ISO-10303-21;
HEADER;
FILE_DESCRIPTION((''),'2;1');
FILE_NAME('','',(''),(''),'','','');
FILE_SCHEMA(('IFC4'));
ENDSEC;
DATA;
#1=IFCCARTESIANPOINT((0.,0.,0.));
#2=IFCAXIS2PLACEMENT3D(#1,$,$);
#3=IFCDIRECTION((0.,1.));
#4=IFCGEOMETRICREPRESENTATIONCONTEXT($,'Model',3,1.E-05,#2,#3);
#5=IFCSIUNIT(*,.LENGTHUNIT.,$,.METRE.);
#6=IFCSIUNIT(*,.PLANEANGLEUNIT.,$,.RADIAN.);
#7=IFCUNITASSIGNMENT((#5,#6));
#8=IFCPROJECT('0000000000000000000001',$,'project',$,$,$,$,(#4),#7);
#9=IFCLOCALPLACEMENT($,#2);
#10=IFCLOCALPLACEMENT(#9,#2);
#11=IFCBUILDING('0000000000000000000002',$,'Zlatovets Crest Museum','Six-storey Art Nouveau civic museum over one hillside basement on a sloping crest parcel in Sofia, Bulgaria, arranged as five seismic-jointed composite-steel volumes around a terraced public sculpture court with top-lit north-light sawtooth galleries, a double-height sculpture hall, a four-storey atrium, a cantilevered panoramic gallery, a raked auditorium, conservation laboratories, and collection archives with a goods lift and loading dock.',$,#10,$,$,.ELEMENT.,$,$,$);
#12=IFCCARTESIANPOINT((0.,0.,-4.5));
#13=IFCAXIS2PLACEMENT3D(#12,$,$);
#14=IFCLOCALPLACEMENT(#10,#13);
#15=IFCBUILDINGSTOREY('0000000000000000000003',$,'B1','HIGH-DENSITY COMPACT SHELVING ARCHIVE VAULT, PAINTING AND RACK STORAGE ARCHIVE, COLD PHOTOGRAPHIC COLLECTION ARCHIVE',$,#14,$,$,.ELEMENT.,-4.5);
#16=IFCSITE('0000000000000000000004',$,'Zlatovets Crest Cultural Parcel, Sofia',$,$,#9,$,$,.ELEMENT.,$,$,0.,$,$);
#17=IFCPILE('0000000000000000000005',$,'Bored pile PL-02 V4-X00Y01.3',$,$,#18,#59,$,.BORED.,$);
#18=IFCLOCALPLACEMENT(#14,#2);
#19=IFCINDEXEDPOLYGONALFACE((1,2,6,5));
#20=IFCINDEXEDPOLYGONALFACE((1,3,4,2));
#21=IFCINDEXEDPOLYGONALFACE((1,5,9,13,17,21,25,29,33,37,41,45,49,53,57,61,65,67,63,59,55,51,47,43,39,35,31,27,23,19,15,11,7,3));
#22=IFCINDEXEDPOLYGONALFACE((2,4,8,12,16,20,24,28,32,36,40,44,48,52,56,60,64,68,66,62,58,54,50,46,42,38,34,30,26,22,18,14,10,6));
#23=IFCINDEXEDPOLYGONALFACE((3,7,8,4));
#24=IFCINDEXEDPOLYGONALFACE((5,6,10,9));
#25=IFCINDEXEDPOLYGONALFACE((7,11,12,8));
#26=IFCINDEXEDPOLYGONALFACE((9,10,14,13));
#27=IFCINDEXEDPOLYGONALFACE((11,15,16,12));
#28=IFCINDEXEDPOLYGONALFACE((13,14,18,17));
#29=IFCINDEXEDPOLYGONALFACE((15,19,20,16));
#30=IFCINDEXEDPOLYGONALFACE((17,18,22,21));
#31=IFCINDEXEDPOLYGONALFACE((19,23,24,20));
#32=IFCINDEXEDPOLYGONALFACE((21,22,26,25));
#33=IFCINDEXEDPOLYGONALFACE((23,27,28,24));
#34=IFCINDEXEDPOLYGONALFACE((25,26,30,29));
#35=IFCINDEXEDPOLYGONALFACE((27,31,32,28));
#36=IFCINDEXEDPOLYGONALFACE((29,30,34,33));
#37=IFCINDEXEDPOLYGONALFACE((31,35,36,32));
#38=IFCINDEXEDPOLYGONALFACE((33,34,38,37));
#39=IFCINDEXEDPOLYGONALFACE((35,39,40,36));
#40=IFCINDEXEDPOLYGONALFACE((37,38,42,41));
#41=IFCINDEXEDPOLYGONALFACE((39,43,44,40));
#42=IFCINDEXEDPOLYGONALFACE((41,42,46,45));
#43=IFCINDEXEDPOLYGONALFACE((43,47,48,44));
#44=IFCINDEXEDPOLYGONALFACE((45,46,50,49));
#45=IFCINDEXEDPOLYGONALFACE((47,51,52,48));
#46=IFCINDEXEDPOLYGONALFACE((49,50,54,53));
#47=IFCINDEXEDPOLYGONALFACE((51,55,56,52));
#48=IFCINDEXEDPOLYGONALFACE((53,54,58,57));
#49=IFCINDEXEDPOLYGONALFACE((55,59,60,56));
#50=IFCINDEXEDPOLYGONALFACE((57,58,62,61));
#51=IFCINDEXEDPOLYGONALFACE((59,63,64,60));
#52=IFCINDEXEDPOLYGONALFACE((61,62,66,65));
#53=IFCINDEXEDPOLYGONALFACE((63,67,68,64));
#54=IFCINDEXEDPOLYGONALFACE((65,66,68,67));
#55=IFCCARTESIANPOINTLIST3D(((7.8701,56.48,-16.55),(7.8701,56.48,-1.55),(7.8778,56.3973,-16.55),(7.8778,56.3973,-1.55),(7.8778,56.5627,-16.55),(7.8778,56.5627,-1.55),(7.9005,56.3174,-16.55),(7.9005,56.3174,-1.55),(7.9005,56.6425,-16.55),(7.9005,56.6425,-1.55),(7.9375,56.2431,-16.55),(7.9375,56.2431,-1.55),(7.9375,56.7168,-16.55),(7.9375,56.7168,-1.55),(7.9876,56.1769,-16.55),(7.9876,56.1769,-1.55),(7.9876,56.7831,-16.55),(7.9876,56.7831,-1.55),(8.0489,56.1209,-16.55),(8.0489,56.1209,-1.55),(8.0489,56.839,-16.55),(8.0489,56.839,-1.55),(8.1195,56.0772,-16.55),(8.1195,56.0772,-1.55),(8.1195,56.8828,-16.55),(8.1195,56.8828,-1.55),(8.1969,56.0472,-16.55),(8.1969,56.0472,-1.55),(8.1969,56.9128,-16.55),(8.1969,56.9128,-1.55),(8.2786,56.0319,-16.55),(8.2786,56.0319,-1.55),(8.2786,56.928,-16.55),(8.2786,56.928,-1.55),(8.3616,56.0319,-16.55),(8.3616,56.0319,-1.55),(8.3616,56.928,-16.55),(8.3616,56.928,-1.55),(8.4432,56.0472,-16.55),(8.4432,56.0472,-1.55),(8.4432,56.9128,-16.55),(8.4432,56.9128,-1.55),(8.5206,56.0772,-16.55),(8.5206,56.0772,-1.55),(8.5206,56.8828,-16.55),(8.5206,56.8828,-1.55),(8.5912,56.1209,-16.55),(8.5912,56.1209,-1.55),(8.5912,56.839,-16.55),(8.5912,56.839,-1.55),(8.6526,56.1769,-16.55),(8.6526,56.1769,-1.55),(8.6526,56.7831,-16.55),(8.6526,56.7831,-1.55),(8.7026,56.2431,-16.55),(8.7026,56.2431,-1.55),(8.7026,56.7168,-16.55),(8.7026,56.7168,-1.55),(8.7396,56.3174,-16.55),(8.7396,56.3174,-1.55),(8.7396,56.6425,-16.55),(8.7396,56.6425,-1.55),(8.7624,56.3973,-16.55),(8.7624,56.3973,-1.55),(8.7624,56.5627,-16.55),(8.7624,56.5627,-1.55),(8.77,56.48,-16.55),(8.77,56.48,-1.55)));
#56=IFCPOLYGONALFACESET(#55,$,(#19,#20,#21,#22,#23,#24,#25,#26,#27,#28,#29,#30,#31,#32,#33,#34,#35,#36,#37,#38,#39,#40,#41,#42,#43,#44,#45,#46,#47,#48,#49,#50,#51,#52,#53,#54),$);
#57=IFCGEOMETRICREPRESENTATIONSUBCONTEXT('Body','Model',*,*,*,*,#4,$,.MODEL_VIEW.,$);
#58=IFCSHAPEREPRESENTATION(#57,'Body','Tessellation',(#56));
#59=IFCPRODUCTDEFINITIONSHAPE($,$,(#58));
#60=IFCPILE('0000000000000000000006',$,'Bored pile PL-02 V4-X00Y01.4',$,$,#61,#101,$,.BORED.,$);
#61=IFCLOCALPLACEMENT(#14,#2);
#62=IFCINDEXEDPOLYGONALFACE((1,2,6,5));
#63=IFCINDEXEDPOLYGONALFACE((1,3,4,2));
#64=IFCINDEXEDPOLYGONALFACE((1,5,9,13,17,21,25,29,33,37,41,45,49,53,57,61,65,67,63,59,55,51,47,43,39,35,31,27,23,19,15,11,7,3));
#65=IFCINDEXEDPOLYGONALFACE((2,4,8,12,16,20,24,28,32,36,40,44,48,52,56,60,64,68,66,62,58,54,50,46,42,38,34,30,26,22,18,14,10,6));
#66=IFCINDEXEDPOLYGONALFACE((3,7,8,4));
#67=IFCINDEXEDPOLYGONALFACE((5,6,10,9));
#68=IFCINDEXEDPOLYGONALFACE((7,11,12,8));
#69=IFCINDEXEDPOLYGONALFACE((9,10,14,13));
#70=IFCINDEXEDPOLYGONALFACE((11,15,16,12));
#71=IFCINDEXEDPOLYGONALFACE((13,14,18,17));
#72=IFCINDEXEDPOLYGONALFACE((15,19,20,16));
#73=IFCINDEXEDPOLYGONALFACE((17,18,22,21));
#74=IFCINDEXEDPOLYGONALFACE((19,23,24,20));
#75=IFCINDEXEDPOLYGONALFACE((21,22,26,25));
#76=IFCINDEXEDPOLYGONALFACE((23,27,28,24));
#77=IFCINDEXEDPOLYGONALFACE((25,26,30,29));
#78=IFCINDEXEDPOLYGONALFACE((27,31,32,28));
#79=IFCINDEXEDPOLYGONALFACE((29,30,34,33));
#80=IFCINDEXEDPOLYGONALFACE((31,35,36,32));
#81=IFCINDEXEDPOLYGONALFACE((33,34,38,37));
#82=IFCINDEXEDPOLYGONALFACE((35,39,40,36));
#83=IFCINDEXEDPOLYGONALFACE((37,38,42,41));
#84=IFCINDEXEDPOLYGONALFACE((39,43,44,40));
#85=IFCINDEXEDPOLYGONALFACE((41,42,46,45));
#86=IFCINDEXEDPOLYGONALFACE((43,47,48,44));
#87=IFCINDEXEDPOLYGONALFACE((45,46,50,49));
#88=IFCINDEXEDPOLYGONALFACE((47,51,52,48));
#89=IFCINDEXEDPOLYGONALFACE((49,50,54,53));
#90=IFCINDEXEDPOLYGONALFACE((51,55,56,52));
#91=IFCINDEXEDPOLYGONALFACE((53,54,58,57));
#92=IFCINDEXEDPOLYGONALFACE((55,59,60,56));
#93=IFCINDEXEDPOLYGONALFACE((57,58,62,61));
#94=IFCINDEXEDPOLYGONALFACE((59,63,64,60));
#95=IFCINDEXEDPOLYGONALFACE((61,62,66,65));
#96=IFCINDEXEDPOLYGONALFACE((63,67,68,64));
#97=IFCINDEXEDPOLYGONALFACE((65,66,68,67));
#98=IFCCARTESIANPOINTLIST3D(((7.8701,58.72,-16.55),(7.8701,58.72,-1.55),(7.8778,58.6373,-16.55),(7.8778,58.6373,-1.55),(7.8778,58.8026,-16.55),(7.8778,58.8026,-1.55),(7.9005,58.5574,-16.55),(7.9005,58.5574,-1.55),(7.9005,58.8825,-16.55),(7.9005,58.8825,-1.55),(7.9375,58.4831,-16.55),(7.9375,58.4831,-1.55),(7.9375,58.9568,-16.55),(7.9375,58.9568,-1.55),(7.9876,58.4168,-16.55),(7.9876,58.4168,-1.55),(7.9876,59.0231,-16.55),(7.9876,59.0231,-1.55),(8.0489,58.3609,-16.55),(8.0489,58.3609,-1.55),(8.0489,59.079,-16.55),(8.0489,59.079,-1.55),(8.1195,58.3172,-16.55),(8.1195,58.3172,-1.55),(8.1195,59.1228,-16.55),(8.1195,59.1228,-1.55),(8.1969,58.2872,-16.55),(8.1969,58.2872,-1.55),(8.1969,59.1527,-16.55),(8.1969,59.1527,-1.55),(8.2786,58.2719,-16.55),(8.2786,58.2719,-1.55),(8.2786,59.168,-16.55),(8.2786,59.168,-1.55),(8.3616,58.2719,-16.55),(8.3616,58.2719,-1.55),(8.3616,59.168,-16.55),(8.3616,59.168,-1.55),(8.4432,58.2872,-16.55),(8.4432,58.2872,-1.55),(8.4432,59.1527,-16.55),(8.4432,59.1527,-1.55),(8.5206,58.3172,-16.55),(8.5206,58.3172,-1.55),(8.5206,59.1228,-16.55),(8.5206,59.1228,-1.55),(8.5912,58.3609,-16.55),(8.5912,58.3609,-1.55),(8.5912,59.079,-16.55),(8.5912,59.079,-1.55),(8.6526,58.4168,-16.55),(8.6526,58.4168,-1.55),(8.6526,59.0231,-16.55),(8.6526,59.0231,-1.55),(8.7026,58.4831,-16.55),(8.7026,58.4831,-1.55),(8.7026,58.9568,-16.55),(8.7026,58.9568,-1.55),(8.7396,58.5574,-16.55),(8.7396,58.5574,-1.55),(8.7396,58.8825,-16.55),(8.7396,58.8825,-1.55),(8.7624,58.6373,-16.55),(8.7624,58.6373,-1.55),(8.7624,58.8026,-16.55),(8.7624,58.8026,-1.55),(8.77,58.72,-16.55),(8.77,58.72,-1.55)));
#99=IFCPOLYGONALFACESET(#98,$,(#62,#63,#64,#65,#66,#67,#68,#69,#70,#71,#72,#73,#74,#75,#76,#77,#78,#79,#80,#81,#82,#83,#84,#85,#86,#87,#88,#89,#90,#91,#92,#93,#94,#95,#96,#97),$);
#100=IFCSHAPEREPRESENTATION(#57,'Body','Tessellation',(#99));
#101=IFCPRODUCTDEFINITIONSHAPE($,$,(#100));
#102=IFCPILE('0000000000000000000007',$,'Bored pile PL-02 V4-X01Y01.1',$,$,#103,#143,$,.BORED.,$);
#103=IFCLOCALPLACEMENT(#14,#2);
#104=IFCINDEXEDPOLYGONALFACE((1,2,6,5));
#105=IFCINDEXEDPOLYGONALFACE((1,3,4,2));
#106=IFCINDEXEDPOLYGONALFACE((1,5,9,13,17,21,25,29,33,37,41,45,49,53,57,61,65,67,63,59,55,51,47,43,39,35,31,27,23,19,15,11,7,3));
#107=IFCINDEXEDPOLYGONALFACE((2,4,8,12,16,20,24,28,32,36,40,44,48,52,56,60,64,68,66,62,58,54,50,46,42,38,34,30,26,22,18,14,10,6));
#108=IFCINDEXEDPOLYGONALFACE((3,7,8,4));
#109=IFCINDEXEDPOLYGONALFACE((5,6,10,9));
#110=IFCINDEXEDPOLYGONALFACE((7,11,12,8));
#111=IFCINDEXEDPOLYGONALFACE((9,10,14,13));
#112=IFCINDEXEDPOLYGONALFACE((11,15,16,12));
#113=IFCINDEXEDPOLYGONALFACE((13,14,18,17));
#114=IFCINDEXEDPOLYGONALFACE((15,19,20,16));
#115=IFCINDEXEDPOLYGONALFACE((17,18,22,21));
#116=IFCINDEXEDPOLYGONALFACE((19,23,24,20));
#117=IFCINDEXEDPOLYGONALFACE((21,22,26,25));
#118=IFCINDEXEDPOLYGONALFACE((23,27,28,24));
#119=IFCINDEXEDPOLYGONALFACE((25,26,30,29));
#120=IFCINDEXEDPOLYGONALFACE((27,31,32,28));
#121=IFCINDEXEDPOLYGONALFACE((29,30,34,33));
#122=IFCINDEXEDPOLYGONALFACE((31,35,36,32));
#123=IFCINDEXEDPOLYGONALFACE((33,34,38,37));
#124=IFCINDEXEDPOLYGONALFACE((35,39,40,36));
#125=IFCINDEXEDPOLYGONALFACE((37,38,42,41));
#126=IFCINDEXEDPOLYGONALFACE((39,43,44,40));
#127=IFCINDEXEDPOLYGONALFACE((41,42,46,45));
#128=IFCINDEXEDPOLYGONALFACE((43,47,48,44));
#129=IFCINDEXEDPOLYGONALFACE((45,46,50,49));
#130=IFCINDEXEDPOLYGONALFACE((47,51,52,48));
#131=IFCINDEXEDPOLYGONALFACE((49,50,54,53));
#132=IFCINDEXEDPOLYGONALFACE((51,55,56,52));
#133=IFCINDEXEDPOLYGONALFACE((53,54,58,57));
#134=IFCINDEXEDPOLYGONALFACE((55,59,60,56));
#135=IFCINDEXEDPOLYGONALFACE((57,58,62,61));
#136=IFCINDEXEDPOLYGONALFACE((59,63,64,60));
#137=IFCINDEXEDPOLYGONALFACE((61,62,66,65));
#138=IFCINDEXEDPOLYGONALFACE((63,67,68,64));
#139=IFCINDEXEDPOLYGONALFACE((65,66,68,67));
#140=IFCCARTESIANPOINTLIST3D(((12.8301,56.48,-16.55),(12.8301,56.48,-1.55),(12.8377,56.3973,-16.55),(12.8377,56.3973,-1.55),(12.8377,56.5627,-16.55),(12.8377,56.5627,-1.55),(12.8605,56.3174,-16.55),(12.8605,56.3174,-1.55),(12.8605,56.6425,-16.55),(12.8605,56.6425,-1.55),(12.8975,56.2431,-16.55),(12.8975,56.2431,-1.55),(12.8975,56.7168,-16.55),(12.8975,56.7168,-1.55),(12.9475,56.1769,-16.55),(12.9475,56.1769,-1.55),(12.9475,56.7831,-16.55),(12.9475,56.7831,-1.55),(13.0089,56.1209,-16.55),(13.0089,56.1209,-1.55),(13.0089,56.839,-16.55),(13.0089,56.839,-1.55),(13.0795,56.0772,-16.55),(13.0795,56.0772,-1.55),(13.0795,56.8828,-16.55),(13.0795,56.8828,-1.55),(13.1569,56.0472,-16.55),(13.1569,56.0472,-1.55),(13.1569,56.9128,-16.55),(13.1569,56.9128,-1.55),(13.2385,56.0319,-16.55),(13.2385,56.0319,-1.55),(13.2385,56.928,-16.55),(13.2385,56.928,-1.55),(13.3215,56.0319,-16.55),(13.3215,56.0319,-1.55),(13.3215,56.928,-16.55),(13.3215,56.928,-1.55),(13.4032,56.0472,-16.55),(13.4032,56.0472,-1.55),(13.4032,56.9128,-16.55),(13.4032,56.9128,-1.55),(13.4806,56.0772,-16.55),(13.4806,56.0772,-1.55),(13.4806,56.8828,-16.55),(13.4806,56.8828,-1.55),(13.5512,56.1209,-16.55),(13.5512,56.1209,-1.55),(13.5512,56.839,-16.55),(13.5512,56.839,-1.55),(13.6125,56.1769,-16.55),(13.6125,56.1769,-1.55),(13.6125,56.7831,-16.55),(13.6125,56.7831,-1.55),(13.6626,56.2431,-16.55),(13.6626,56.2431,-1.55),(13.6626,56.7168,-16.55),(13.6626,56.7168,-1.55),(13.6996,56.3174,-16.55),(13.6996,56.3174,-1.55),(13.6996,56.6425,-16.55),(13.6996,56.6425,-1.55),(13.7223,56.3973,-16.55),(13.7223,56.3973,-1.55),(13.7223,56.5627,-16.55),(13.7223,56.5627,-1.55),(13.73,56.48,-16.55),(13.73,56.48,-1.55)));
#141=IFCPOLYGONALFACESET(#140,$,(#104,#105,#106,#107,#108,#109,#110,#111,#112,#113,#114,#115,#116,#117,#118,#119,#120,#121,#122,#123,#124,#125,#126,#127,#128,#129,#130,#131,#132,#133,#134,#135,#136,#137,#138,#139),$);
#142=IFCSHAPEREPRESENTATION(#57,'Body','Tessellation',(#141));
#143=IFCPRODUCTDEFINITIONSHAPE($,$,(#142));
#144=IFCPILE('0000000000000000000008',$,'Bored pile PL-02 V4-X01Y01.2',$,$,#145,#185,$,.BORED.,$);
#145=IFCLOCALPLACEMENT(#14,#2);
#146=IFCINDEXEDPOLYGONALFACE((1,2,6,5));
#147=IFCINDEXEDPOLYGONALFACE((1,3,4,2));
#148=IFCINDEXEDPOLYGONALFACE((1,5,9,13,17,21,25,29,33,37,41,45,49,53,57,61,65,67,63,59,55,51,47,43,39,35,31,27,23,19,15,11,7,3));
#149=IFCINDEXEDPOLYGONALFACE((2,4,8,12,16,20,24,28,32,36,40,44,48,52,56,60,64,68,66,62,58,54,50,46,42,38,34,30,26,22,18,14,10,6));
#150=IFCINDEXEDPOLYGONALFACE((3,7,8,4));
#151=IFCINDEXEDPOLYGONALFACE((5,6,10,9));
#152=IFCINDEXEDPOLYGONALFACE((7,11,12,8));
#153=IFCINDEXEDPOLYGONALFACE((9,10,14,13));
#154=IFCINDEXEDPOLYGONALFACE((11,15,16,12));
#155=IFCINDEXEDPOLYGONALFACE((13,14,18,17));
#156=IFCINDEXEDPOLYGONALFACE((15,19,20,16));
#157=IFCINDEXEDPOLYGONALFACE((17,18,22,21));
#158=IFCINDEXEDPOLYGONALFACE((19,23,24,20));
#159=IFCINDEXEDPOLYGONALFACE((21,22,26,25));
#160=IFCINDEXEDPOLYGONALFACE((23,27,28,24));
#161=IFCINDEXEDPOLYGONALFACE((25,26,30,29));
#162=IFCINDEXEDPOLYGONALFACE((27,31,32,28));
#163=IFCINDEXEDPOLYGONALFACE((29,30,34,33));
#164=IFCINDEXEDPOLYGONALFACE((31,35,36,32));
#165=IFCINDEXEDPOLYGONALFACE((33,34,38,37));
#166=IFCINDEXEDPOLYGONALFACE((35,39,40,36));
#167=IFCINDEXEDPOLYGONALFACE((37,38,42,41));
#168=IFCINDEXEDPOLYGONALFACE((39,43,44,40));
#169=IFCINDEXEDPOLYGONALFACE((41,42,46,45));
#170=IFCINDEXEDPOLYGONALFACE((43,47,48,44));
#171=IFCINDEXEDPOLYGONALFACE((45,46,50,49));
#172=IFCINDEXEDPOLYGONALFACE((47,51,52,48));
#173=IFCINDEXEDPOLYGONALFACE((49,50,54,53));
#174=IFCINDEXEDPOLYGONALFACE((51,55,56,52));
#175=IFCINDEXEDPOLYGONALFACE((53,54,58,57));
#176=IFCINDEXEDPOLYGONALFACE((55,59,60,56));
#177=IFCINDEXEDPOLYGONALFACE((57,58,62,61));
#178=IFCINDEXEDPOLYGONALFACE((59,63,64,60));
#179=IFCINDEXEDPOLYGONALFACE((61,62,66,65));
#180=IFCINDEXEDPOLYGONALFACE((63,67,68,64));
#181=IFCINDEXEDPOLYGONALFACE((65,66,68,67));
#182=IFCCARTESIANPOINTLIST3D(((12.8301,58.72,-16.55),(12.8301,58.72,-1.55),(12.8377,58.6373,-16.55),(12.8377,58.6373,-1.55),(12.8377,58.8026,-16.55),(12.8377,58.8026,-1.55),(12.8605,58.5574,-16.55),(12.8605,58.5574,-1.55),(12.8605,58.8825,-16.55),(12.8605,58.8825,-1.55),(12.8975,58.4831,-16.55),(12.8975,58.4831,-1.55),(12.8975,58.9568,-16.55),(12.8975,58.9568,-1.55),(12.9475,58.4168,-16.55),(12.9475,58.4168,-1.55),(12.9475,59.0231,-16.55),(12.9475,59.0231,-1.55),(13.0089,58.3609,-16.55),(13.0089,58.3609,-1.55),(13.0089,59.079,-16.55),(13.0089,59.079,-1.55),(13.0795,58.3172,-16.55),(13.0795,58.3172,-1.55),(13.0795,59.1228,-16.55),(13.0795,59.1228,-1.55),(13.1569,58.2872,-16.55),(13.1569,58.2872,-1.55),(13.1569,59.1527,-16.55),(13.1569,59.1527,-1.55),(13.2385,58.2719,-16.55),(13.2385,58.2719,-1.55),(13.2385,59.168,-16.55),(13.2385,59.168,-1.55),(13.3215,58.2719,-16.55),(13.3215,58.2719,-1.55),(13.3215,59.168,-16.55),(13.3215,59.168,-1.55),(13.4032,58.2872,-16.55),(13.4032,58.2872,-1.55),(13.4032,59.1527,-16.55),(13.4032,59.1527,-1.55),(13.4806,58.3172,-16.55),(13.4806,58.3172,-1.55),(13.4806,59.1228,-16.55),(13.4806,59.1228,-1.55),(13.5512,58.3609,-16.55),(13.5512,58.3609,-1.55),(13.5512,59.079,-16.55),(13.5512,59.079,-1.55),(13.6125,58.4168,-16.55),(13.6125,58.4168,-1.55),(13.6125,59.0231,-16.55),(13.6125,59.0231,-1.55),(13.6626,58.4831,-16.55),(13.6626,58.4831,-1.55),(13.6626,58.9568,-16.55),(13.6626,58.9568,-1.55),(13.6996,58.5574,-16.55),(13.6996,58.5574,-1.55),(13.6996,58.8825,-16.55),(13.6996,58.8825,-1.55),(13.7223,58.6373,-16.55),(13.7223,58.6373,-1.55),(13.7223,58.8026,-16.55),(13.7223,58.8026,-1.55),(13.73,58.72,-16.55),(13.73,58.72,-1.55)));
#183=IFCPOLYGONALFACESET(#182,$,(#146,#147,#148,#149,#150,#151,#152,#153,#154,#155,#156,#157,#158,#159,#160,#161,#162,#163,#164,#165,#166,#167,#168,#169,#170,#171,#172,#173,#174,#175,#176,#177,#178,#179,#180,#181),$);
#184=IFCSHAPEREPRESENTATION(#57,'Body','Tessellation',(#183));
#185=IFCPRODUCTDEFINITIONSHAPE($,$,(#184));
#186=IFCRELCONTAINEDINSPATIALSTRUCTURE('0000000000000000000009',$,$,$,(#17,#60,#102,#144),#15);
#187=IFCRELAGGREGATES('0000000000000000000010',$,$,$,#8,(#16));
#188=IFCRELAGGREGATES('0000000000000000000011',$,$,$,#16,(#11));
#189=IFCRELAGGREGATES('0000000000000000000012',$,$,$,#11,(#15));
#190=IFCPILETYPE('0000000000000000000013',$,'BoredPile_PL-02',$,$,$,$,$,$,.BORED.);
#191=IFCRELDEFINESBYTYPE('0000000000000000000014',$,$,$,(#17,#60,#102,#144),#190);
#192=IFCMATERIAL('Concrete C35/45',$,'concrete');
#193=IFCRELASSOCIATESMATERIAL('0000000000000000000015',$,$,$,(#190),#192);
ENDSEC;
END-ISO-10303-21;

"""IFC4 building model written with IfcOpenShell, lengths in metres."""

from ifc_helpers import new_model, si_unit, direction, frame, origin, origin_2d, place, context, subcontext, project, spatial, circle, extrude, material, material_profile, profile_set, type_object, element, save


model = new_model("IFC4")

# Units and contexts
model_context = context("Model", 3, precision=1e-05, world=origin(), true_north=direction((0.0, 1.0)))
body_context = subcontext(model_context, "Body", "Model", "MODEL_VIEW")
ifc_project = project(units=[si_unit("LENGTHUNIT", "METRE"), si_unit("PLANEANGLEUNIT", "RADIAN")], contexts=[model_context])

# Site, building, storey
site_placement = place(None, origin())
site = spatial("IfcSite", under=ifc_project, at=site_placement, Name="Zlatovets Crest Cultural Parcel, Sofia", CompositionType="ELEMENT", RefElevation=0.0)
building_placement = place(site_placement, origin())
building = spatial("IfcBuilding", under=site, at=building_placement, Name="Zlatovets Crest Museum", Description="Six-storey Art Nouveau civic museum over one hillside basement on a sloping crest parcel in Sofia, Bulgaria, arranged as five seismic-jointed composite-steel volumes around a terraced public sculpture court with top-lit north-light sawtooth galleries, a double-height sculpture hall, a four-storey atrium, a cantilevered panoramic gallery, a raked auditorium, conservation laboratories, and collection archives with a goods lift and loading dock.", CompositionType="ELEMENT")
storey_placement = place(building_placement, frame((0.0, 0.0, -4.5)))
storey = spatial("IfcBuildingStorey", under=building, at=storey_placement, Name="B1", Description="HIGH-DENSITY COMPACT SHELVING ARCHIVE VAULT, PAINTING AND RACK STORAGE ARCHIVE, COLD PHOTOGRAPHIC COLLECTION ARCHIVE", CompositionType="ELEMENT", Elevation=-4.5)

# Piles
ifc_material = material(Name="Concrete C35/45", Category="concrete")
ifc_material_profile_1 = material_profile(ifc_material, circle(Radius=0.45, at=origin_2d()), Name="PILE D900")
ifc_profile_set_1 = profile_set([ifc_material_profile_1], Name="Concrete C35/45")
pile_type_1 = type_object("IfcPileType", Name="BoredPile_PL-02", PredefinedType="BORED", material=ifc_profile_set_1)
for number, where, z_axis, x_axis, name in (
    (1, (8.3201, 56.48, -1.55), (0.0, 0.0, -1.0), (1.0, 0.0, 0.0), "Bored pile PL-02 V4-X00Y01.3"),
    (2, (8.3201, 58.72, -1.55), (0.0, 0.0, -1.0), (1.0, 0.0, 0.0), "Bored pile PL-02 V4-X00Y01.4"),
    (3, (13.28, 56.48, -1.55), (0.0, 0.0, -1.0), (1.0, 0.0, 0.0), "Bored pile PL-02 V4-X01Y01.1"),
    (4, (13.28, 58.72, -1.55), (0.0, 0.0, -1.0), (1.0, 0.0, 0.0), "Bored pile PL-02 V4-X01Y01.2"),
):
    element("IfcPile", number, at=place(storey_placement, frame(where, z_axis=z_axis, x_axis=x_axis)), inside=storey, type_object=pile_type_1, Name=name, PredefinedType="BORED", context=body_context, shape_type="SweptSolid", body=[
        extrude(circle(Radius=0.45, at=origin_2d()), origin(), (0.0, 0.0, 1.0), 15.0),
    ])

save(model, "model.ifc")
